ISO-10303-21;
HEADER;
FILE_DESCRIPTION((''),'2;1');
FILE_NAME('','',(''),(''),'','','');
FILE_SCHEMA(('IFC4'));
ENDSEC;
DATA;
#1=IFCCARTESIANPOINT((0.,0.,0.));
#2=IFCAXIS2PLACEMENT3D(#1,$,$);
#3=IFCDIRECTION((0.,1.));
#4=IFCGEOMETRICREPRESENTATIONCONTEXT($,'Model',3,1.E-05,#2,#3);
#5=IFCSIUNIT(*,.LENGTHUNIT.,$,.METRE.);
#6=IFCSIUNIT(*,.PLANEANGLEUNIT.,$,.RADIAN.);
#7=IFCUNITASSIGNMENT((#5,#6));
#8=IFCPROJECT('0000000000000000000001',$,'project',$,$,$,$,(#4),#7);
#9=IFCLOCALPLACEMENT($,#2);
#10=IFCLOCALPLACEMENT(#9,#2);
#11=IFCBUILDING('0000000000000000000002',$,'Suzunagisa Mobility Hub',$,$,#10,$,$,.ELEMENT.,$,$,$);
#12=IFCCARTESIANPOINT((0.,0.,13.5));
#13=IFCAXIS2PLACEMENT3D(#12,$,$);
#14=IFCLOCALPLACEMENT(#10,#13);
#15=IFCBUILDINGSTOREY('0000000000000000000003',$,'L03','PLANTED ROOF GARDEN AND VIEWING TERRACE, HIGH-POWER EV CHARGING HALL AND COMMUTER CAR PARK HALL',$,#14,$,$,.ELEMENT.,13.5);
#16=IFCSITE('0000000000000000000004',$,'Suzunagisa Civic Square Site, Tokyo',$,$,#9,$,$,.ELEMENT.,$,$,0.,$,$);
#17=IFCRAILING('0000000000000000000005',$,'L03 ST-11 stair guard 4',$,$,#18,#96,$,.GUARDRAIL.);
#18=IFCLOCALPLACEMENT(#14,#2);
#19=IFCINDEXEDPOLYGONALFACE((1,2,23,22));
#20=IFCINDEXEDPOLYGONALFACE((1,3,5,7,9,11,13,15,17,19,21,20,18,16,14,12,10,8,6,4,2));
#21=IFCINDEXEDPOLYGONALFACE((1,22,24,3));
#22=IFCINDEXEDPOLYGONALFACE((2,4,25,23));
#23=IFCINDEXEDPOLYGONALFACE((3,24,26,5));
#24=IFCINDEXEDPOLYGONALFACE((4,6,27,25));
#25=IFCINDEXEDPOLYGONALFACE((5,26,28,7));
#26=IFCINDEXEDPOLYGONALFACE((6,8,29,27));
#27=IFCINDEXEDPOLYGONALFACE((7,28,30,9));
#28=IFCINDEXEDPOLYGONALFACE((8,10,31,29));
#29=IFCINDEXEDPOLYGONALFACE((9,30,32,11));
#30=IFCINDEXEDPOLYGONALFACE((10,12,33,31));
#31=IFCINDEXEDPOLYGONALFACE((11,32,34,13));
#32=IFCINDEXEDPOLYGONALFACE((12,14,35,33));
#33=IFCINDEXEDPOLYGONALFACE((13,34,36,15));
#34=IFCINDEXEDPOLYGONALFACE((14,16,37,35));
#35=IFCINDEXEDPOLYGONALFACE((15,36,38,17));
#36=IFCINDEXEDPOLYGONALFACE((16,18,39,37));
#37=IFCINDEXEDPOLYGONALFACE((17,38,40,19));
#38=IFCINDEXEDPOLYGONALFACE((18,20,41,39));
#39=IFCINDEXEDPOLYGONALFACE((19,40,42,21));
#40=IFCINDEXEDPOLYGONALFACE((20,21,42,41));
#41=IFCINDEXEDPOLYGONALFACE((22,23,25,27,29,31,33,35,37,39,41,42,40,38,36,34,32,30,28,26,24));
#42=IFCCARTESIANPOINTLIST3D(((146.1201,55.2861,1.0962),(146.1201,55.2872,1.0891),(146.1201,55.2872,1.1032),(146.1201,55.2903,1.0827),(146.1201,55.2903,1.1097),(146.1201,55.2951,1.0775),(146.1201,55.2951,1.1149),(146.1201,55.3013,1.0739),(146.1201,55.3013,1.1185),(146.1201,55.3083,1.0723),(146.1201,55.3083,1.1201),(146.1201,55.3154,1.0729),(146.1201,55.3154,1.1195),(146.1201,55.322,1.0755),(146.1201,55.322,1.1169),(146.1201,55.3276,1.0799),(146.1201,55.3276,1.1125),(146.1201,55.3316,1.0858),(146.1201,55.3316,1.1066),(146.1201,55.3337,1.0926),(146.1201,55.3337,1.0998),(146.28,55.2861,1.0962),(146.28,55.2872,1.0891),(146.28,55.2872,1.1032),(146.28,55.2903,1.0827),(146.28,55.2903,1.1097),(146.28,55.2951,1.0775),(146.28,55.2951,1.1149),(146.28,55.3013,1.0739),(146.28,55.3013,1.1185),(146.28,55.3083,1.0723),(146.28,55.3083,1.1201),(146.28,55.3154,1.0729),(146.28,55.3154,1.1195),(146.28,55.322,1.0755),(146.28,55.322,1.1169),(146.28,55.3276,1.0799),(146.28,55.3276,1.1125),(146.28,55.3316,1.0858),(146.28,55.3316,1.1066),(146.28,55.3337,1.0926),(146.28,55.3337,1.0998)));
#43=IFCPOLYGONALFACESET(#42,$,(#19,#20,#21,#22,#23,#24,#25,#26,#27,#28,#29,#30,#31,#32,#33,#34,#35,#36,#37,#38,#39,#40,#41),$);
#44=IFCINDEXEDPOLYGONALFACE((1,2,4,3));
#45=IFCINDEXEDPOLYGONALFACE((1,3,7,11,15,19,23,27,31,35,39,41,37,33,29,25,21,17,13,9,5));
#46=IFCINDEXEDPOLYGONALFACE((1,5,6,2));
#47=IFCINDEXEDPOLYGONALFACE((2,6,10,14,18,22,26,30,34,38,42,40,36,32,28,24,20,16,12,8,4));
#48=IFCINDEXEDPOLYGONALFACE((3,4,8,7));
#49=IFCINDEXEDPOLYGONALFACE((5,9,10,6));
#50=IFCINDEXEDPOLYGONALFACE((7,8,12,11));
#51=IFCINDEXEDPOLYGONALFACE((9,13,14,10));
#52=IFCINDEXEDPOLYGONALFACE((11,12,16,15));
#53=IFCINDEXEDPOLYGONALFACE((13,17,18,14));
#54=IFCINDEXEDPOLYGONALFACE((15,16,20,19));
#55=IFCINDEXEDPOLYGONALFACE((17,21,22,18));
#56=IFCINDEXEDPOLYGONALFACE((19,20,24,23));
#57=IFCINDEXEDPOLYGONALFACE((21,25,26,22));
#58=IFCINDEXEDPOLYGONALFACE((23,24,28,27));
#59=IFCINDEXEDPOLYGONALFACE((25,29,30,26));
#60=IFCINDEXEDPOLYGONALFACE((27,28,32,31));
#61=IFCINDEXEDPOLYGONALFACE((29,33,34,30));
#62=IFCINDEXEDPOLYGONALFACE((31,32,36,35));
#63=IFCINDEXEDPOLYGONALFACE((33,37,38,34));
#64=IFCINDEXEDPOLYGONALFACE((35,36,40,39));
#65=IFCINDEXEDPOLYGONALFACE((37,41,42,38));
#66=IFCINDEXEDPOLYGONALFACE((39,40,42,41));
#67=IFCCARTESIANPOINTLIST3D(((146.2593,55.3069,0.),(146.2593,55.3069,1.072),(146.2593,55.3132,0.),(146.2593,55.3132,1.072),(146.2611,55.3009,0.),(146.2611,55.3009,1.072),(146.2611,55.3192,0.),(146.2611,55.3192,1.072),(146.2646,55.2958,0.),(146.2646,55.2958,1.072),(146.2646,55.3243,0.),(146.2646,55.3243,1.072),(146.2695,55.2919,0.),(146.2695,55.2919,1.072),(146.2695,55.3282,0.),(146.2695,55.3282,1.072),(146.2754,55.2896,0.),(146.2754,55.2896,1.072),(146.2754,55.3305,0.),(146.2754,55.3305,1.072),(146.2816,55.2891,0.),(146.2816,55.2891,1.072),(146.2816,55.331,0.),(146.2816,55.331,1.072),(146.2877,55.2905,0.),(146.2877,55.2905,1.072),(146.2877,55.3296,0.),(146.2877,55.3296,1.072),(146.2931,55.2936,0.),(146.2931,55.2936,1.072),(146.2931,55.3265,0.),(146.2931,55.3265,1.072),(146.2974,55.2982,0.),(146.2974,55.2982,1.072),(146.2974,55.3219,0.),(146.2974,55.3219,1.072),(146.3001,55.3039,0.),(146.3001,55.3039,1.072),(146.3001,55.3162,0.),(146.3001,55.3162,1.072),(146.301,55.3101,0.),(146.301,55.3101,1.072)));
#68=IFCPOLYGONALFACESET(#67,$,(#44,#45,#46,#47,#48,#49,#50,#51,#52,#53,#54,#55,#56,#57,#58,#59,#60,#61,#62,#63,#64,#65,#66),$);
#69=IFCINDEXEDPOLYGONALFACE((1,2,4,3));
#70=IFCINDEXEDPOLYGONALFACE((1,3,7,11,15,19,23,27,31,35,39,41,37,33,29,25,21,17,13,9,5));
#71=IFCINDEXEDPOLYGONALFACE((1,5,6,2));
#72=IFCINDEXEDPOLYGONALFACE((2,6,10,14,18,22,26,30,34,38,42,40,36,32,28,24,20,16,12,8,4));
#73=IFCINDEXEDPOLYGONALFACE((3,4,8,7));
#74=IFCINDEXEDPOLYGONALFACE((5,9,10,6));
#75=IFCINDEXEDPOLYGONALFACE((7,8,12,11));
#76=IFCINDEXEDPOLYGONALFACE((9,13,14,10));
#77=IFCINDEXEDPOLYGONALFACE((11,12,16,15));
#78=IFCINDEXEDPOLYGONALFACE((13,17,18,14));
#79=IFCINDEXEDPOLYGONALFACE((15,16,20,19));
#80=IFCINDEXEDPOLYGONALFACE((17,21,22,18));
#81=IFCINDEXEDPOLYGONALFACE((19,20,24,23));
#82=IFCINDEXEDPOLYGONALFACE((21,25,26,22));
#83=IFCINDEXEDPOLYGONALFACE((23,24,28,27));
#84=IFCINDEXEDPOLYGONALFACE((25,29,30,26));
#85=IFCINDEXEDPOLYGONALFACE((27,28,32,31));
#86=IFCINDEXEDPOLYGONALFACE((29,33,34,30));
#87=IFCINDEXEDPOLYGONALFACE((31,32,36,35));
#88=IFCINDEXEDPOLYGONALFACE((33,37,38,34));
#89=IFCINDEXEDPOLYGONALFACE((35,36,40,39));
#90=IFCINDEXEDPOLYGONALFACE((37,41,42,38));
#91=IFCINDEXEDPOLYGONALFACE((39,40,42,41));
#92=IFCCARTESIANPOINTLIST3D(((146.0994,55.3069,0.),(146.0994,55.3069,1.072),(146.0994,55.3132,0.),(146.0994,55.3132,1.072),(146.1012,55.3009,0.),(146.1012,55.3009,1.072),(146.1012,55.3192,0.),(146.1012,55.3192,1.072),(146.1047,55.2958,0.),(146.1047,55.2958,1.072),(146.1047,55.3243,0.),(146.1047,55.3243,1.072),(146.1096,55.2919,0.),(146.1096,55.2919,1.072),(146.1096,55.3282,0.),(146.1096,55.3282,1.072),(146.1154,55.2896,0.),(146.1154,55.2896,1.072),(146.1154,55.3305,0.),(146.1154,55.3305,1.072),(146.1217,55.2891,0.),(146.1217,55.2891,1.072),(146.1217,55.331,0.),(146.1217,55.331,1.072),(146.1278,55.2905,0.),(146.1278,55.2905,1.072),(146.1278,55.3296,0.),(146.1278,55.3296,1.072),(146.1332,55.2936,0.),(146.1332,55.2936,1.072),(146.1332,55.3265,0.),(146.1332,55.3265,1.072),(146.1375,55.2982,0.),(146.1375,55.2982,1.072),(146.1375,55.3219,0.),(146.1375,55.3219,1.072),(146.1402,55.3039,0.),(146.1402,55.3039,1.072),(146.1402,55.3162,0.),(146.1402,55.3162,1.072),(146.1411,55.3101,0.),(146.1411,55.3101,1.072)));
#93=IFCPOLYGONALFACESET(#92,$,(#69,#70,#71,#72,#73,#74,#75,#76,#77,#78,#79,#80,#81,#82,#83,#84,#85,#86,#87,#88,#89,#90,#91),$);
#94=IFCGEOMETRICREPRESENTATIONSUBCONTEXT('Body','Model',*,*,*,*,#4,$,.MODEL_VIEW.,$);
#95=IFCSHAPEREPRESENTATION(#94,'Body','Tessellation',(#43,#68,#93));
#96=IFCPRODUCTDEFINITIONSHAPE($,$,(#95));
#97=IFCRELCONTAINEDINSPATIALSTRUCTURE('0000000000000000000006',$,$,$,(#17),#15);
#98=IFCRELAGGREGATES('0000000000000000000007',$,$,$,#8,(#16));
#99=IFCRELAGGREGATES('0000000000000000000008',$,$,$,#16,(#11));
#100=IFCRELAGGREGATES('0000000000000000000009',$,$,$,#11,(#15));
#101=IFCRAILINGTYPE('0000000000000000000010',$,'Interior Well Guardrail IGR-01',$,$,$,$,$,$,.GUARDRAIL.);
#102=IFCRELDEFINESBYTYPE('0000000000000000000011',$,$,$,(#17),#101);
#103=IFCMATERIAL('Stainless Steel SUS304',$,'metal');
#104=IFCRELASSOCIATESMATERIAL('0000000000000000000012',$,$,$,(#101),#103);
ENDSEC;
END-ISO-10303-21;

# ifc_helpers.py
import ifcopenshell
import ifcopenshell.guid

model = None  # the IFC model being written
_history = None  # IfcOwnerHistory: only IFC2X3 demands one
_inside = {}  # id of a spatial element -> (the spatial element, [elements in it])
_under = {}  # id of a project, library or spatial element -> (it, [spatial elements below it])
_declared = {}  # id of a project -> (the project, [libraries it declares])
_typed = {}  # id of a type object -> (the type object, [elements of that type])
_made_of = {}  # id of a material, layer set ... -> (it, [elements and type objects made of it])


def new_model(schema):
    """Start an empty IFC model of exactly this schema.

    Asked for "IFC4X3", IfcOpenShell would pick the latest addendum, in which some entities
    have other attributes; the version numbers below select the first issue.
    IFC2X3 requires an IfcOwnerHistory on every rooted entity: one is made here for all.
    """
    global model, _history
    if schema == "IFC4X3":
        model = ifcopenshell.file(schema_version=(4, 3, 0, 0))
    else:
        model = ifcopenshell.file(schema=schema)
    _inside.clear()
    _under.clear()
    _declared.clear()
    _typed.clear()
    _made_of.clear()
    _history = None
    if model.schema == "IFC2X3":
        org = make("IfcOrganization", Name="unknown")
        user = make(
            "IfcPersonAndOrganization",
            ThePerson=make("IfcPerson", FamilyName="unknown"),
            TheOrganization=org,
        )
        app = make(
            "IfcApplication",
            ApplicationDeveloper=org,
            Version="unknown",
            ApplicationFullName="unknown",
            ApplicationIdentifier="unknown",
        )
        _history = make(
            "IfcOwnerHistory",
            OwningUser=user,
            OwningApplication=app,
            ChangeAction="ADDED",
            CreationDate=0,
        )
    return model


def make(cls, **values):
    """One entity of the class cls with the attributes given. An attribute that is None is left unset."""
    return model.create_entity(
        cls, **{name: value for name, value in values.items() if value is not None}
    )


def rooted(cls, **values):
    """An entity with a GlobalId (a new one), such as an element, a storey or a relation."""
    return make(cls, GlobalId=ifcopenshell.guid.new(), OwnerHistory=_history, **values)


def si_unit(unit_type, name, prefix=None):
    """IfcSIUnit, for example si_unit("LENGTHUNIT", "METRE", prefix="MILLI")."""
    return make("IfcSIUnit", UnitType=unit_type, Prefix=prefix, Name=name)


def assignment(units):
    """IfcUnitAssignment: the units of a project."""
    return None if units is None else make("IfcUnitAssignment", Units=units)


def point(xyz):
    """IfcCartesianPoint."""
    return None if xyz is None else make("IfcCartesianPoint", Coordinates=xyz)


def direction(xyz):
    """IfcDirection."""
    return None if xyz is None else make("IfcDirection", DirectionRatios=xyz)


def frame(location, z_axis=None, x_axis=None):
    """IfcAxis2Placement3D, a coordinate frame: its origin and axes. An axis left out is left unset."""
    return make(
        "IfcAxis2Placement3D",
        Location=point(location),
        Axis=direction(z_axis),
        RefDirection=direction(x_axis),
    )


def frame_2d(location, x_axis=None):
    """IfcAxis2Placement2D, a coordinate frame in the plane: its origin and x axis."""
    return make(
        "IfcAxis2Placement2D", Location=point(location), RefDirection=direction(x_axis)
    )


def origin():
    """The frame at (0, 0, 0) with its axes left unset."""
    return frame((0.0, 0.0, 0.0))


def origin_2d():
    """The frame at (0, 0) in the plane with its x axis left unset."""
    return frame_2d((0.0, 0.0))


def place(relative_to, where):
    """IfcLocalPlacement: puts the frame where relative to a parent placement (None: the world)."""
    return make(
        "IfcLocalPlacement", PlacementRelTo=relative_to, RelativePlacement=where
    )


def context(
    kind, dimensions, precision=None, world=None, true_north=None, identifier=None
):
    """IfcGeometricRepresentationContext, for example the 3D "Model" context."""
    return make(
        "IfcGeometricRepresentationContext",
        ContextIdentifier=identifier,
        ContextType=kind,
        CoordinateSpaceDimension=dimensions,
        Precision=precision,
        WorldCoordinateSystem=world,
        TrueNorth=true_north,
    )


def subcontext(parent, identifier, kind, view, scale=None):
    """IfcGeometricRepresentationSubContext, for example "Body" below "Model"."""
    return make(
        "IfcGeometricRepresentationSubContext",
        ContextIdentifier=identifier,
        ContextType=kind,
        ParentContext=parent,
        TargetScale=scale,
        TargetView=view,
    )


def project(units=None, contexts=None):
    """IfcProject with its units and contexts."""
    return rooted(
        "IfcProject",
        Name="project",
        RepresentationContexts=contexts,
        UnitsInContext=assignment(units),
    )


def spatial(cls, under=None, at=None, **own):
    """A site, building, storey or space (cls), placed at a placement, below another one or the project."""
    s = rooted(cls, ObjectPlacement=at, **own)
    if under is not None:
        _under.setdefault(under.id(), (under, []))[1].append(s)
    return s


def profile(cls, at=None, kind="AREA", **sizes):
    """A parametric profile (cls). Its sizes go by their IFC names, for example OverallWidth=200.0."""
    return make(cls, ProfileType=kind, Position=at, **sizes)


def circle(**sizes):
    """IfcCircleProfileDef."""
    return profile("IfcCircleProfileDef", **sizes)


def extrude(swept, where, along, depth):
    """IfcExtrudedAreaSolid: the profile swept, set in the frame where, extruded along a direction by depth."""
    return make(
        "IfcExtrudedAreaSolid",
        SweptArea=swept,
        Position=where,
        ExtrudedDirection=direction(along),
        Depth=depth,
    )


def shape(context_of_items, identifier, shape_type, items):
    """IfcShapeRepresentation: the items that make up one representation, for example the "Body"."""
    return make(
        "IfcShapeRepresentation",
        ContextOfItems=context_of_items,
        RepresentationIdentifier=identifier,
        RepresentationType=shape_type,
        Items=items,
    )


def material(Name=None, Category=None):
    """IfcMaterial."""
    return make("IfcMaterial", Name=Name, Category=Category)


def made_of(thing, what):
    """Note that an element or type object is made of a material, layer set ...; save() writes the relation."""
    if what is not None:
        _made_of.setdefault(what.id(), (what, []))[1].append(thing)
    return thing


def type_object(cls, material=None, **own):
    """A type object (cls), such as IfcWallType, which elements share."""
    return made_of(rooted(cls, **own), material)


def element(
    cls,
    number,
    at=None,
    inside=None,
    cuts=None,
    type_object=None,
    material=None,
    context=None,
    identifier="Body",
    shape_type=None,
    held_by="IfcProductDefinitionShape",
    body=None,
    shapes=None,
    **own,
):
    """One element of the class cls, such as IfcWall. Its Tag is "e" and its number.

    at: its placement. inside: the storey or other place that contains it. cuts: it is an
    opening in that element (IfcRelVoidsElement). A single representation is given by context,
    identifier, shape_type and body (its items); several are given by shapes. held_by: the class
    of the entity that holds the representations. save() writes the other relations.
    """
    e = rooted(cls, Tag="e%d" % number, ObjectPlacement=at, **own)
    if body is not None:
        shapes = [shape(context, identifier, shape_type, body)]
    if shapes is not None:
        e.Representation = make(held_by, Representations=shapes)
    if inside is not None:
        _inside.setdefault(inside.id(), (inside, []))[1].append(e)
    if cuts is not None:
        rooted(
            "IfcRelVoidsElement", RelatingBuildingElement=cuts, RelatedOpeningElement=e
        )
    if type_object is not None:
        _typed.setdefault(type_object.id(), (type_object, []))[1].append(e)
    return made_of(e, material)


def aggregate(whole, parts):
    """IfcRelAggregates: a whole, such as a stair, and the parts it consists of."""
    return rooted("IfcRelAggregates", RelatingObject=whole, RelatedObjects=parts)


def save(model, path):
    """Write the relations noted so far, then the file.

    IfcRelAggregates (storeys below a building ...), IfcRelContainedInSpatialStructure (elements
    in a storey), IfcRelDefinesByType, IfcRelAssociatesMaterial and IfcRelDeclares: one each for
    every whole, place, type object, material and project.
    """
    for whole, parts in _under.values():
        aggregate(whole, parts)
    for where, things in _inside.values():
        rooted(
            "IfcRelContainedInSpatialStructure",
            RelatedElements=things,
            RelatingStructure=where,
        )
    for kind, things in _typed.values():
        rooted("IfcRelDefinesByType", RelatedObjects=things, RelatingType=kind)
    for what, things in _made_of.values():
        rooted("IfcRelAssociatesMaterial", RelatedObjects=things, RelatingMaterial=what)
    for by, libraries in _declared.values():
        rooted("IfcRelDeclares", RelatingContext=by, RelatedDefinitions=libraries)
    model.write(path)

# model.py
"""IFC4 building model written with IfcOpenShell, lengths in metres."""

from ifc_helpers import new_model, si_unit, direction, frame, origin, origin_2d, place, context, subcontext, project, spatial, circle, extrude, material, type_object, element, save


model = new_model("IFC4")

# Units and contexts
model_context = context("Model", 3, precision=1e-05, world=origin(), true_north=direction((0.0, 1.0)))
body_context = subcontext(model_context, "Body", "Model", "MODEL_VIEW")
ifc_project = project(units=[si_unit("LENGTHUNIT", "METRE"), si_unit("PLANEANGLEUNIT", "RADIAN")], contexts=[model_context])

# Site, building, storey
site_placement = place(None, origin())
site = spatial("IfcSite", under=ifc_project, at=site_placement, Name="Suzunagisa Civic Square Site, Tokyo", CompositionType="ELEMENT", RefElevation=0.0)
building_placement = place(site_placement, origin())
building = spatial("IfcBuilding", under=site, at=building_placement, Name="Suzunagisa Mobility Hub", CompositionType="ELEMENT")
storey_placement = place(building_placement, frame((0.0, 0.0, 13.5)))
storey = spatial("IfcBuildingStorey", under=building, at=storey_placement, Name="L03", Description="PLANTED ROOF GARDEN AND VIEWING TERRACE, HIGH-POWER EV CHARGING HALL AND COMMUTER CAR PARK HALL", CompositionType="ELEMENT", Elevation=13.5)

# Railing
ifc_material_1 = material(Name="Stainless Steel SUS304", Category="metal")
railing_type_1 = type_object("IfcRailingType", Name="Interior Well Guardrail IGR-01", PredefinedType="GUARDRAIL", material=ifc_material_1)
railing_1_placement = place(storey_placement, frame((146.28, 55.3101, 0.0)))
element("IfcRailing", 1, at=railing_1_placement, inside=storey, type_object=railing_type_1, Name="L03 ST-11 stair guard 4", PredefinedType="GUARDRAIL", context=body_context, shape_type="SweptSolid", body=[
    extrude(circle(Radius=0.0239, at=origin_2d()), frame((0.0, 0.0, 1.0962), z_axis=(-1.0, 0.0, 0.0), x_axis=(0.0, -1.0, 0.0)), (0.0, 0.0, 1.0), 0.1599),
    extrude(circle(Radius=0.021, at=origin_2d()), origin(), (0.0, 0.0, 1.0), 1.072),
    extrude(circle(Radius=0.021, at=origin_2d()), frame((-0.1599, 0.0, 0.0)), (0.0, 0.0, 1.0), 1.072),
])

save(model, "model.ifc")
